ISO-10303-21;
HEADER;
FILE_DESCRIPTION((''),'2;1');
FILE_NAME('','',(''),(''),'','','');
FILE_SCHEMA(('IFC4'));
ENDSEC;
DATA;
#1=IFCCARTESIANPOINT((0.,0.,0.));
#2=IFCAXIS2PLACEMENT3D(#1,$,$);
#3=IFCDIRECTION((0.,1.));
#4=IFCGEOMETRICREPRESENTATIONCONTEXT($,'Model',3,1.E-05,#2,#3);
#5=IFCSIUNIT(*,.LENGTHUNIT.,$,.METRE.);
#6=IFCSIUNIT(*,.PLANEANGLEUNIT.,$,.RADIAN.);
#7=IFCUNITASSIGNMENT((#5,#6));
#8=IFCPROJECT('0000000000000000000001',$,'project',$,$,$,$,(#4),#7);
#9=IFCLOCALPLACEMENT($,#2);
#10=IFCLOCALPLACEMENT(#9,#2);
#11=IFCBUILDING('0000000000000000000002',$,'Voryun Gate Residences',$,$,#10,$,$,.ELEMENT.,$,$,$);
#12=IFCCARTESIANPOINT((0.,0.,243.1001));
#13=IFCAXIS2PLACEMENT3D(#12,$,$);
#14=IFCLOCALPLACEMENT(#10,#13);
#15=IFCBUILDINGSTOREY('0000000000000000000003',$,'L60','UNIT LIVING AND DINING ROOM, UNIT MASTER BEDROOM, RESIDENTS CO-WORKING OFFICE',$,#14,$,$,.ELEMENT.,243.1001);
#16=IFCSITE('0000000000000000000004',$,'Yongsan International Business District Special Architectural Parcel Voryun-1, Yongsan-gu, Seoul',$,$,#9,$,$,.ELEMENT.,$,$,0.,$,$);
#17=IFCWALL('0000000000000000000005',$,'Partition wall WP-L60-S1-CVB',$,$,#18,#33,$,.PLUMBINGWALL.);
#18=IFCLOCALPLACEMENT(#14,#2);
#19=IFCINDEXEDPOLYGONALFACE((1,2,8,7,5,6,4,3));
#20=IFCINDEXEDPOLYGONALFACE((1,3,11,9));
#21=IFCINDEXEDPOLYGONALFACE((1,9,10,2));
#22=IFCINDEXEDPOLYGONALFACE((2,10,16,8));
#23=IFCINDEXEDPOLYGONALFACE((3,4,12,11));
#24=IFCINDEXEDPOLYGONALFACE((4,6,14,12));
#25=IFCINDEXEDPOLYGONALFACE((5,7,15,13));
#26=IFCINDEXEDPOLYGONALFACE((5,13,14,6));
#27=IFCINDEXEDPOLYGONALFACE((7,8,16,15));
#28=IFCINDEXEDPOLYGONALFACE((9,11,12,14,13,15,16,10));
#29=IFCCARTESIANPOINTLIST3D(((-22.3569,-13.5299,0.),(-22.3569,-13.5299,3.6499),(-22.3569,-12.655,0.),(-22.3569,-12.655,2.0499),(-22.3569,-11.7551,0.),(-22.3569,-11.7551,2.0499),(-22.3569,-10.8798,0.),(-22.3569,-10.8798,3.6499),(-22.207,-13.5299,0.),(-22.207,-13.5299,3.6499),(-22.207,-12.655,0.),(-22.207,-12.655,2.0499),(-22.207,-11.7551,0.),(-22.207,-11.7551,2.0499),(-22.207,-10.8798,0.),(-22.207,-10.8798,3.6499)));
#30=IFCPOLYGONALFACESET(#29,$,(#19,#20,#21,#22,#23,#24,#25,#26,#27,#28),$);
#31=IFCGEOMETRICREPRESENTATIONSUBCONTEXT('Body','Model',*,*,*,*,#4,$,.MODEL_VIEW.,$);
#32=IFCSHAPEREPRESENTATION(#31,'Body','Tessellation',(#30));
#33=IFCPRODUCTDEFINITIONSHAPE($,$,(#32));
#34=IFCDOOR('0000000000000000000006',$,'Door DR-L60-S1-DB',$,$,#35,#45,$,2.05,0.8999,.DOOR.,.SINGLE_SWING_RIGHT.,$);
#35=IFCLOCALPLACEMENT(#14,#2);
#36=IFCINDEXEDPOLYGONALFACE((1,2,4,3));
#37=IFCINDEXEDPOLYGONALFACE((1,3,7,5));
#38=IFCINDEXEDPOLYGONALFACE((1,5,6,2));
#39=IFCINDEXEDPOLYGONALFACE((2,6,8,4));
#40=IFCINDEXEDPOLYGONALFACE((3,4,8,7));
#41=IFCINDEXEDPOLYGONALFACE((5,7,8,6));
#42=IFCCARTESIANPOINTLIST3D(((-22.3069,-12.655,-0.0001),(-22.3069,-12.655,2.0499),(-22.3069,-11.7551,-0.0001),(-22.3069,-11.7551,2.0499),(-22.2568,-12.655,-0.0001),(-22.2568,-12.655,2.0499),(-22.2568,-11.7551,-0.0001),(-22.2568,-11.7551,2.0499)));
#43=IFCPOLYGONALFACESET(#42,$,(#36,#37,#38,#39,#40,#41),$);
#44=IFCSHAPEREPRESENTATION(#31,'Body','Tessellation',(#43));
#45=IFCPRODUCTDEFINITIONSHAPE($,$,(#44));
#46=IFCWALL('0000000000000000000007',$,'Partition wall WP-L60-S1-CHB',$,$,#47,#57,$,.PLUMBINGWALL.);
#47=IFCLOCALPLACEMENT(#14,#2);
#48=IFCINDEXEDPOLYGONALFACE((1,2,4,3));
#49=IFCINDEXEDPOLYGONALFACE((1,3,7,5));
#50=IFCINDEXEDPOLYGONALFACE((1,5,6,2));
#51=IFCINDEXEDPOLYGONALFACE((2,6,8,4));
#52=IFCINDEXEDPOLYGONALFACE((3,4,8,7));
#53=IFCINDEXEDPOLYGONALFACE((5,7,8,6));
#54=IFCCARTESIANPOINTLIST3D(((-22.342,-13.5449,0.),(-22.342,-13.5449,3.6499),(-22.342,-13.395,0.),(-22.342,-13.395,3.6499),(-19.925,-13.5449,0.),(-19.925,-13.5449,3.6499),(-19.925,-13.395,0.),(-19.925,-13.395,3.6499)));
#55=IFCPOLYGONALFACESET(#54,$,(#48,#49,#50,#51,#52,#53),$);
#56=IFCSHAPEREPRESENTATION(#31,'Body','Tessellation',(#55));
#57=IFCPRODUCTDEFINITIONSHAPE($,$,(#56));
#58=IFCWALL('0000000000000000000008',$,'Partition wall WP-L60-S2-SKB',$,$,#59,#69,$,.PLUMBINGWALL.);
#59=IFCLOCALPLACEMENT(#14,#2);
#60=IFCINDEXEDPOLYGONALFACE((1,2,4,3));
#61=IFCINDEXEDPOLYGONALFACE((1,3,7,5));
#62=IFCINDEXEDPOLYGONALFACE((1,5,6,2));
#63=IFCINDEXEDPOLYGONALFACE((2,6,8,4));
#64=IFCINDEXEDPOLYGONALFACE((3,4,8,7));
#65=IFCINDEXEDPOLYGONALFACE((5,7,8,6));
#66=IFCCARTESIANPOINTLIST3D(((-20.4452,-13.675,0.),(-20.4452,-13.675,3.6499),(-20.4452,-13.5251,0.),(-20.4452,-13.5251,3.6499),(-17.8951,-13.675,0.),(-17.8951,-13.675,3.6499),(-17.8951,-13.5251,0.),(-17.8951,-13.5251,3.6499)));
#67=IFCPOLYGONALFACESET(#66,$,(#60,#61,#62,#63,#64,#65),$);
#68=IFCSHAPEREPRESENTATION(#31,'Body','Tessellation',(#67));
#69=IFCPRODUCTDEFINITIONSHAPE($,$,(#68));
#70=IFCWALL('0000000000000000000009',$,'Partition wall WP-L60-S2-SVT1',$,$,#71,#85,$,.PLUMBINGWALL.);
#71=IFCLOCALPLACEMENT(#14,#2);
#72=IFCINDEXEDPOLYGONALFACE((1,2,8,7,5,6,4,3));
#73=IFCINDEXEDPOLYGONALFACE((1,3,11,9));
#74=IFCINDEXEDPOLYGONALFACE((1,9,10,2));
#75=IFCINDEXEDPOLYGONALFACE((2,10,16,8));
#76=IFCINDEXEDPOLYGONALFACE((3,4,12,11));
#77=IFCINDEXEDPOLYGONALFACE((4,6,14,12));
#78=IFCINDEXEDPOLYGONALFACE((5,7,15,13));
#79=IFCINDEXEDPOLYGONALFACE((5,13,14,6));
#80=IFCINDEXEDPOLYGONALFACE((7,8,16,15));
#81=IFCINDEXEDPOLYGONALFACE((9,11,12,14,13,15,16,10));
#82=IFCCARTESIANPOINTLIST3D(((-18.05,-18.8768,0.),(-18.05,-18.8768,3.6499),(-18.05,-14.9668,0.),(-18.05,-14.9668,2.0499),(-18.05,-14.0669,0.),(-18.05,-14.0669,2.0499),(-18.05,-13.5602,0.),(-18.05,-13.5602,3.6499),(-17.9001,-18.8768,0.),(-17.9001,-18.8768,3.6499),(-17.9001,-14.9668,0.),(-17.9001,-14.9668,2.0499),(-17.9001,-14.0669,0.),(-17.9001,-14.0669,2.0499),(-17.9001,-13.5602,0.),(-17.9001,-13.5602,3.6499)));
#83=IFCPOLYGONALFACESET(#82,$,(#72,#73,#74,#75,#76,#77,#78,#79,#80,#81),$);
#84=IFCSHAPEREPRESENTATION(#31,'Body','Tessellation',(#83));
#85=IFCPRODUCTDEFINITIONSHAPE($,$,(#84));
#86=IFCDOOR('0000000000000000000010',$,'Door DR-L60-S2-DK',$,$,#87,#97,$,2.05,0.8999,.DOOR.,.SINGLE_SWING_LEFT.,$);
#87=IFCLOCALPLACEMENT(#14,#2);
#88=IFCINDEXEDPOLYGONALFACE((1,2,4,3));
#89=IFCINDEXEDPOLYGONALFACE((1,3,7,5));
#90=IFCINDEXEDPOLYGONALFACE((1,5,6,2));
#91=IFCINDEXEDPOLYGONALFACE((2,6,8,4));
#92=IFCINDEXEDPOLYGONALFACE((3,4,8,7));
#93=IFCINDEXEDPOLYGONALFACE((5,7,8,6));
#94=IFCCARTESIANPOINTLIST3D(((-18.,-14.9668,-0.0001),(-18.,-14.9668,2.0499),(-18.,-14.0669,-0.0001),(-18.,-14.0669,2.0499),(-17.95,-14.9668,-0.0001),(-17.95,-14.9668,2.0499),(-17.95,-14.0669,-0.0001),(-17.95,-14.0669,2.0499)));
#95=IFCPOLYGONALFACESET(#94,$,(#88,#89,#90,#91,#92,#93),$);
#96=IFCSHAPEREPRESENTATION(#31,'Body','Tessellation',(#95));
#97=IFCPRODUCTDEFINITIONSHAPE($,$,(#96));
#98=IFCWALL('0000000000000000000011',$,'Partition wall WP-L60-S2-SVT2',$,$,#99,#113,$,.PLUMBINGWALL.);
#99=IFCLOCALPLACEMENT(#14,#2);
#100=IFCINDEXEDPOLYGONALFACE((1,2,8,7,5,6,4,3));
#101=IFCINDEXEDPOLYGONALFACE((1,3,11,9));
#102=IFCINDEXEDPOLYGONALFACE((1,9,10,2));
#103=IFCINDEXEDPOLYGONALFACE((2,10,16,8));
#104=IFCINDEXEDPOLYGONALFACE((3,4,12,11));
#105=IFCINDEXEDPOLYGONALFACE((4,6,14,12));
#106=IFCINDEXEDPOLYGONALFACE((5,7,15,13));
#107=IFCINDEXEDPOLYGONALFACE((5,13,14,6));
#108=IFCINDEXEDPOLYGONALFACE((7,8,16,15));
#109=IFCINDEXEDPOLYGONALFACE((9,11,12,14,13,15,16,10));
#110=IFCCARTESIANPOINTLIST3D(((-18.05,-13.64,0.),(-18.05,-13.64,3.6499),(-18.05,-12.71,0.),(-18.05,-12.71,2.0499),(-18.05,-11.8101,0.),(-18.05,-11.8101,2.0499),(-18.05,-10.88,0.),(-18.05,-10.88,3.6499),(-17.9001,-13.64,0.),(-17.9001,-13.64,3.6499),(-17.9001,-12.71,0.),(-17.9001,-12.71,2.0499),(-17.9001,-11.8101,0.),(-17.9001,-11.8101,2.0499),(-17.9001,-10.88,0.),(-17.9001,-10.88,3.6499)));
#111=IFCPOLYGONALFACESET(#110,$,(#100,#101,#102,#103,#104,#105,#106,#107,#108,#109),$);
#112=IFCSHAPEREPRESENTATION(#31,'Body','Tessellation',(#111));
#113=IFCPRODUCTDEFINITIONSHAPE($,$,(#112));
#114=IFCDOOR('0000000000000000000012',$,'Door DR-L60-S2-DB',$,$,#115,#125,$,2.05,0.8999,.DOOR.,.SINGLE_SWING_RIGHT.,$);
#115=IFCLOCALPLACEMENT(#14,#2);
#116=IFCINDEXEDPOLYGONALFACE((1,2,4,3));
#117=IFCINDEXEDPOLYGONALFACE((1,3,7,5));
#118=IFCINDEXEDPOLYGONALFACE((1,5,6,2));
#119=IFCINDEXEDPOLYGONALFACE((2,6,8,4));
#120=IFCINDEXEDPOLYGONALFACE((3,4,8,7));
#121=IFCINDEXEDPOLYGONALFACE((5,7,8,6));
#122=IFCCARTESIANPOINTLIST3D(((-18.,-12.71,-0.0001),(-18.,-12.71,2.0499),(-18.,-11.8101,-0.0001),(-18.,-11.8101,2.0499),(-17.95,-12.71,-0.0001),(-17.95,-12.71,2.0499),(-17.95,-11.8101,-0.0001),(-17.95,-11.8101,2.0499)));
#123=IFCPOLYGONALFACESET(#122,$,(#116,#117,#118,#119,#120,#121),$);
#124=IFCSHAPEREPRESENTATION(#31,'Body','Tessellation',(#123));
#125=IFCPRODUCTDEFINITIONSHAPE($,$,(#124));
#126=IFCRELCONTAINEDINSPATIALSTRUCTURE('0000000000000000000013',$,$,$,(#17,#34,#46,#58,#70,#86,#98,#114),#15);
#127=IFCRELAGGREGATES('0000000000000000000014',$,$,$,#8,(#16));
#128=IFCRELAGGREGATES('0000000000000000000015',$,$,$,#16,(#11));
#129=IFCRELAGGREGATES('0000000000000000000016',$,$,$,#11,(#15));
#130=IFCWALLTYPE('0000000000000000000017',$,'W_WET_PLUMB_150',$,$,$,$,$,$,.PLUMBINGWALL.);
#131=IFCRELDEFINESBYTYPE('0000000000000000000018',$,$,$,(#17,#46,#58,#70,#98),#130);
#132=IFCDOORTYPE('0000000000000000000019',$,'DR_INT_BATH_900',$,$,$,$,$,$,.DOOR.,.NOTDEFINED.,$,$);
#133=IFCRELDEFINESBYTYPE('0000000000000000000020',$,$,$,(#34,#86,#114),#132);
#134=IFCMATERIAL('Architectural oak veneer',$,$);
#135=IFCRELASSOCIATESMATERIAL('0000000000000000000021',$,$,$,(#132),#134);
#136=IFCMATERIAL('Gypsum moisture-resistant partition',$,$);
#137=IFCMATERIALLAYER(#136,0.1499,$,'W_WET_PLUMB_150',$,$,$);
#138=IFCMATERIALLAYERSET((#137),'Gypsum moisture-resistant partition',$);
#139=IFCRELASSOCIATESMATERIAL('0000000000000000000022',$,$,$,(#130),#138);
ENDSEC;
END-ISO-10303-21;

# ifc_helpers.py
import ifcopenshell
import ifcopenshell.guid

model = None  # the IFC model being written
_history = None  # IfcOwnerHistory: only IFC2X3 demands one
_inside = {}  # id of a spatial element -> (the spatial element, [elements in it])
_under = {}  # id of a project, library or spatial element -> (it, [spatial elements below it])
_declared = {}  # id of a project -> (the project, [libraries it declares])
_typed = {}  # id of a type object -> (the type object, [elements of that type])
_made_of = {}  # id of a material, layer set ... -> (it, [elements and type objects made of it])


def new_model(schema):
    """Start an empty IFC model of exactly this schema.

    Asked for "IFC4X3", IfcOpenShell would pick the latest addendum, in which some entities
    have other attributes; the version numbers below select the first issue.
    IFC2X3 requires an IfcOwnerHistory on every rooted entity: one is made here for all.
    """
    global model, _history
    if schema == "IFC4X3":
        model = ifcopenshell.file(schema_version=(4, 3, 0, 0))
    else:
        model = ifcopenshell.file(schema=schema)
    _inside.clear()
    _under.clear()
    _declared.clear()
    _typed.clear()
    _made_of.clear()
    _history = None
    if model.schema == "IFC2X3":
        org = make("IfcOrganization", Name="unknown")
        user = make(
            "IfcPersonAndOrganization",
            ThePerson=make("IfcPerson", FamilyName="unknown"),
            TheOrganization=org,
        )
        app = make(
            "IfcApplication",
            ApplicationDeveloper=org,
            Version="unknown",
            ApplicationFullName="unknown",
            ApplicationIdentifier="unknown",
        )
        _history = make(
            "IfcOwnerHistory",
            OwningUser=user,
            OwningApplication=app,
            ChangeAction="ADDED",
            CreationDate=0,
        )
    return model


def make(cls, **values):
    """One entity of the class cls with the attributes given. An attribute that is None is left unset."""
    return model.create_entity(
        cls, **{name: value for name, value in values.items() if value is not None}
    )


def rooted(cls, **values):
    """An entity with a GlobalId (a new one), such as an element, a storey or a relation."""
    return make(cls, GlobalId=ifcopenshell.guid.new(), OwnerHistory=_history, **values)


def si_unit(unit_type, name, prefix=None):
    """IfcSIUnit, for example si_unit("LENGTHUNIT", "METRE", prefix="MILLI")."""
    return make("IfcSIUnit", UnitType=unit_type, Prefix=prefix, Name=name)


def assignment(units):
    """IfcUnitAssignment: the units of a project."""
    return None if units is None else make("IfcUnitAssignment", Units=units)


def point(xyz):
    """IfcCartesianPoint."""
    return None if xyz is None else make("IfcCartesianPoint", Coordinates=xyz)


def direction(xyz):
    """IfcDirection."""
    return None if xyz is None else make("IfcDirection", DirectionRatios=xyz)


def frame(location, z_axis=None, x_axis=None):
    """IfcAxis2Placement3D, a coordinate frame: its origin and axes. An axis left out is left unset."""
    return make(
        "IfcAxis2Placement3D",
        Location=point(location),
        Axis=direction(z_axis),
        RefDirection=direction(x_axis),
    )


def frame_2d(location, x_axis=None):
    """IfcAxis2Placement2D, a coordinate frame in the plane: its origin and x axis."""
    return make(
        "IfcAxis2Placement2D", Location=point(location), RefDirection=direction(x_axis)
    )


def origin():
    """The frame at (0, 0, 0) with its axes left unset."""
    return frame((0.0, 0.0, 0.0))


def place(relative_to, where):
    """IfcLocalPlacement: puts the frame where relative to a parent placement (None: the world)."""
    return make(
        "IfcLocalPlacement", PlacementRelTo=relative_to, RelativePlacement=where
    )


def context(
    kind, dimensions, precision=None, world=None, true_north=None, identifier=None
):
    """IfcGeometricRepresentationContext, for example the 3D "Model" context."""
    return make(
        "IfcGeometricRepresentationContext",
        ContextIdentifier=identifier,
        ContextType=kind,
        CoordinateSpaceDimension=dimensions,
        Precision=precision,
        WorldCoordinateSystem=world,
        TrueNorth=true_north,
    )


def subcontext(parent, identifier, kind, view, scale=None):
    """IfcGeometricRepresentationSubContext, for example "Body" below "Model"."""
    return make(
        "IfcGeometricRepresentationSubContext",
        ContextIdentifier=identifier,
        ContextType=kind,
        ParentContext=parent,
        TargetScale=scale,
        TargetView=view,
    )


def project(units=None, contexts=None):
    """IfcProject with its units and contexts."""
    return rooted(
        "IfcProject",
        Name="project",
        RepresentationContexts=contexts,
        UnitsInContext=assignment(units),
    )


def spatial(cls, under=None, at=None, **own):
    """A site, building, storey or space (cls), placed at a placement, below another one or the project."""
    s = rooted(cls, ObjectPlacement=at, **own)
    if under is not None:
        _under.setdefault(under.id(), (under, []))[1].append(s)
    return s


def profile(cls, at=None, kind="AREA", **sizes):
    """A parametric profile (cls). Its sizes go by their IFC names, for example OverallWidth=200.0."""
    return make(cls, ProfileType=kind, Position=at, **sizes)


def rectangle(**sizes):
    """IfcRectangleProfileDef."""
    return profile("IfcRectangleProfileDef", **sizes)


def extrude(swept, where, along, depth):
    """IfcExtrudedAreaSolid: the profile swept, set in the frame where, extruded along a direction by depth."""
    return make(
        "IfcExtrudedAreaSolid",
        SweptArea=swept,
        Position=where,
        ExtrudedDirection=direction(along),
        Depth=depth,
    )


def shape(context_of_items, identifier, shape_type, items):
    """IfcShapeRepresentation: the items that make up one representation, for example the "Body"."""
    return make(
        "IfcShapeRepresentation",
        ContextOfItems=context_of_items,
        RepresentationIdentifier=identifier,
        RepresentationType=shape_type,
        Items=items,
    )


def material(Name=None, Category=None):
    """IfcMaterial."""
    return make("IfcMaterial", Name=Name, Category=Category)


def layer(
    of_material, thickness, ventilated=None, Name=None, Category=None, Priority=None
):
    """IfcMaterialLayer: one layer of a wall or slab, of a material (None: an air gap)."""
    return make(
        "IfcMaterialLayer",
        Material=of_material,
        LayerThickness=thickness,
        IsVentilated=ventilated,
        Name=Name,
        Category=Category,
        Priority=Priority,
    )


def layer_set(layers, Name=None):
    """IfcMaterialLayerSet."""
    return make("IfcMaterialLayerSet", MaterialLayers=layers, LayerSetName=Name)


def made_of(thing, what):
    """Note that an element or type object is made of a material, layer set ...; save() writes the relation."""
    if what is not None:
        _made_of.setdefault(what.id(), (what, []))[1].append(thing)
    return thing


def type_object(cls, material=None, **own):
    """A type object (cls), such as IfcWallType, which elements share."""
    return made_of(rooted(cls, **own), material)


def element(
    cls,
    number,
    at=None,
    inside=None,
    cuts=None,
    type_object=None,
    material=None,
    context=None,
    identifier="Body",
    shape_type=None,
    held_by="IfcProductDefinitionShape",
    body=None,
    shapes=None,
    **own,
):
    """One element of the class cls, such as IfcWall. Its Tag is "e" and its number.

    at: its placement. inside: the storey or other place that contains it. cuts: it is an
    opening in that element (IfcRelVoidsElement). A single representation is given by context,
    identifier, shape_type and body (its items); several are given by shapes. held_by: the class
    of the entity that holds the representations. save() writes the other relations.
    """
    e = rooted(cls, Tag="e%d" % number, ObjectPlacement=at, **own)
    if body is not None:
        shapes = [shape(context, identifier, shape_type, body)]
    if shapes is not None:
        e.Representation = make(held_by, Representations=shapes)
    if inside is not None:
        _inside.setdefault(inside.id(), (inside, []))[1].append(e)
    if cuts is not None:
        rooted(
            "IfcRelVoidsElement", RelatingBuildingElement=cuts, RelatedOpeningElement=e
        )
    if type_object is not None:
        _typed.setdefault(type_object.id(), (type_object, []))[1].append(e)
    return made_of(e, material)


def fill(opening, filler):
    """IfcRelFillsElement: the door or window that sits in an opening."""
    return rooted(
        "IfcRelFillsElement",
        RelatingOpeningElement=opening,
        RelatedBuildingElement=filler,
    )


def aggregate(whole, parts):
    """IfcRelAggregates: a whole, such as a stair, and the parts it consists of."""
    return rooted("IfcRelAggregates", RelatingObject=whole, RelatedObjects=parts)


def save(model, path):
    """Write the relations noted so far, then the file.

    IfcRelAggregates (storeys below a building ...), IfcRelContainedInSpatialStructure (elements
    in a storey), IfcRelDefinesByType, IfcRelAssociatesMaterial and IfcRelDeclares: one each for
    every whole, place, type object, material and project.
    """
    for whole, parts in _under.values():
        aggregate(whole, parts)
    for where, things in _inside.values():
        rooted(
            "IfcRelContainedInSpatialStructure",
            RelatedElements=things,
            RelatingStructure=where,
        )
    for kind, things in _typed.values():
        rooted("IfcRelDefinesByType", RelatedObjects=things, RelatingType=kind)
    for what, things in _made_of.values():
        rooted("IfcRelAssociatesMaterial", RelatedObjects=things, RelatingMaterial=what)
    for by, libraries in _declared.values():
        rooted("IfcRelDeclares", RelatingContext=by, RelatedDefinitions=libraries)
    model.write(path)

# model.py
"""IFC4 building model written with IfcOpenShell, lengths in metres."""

from ifc_helpers import new_model, si_unit, direction, frame, frame_2d, origin, place, context, subcontext, project, spatial, rectangle, extrude, material, layer, layer_set, type_object, element, fill, save


model = new_model("IFC4")

# Units and contexts
model_context = context("Model", 3, precision=1e-05, world=origin(), true_north=direction((0.0, 1.0)))
body_context = subcontext(model_context, "Body", "Model", "MODEL_VIEW")
ifc_project = project(units=[si_unit("LENGTHUNIT", "METRE"), si_unit("PLANEANGLEUNIT", "RADIAN")], contexts=[model_context])

# Site, building, storey
site_placement = place(None, origin())
site = spatial("IfcSite", under=ifc_project, at=site_placement, Name="Yongsan International Business District Special Architectural Parcel Voryun-1, Yongsan-gu, Seoul", CompositionType="ELEMENT", RefElevation=0.0)
building_placement = place(site_placement, origin())
building = spatial("IfcBuilding", under=site, at=building_placement, Name="Voryun Gate Residences", CompositionType="ELEMENT")
storey_placement = place(building_placement, frame((0.0, 0.0, 243.1001)))
storey = spatial("IfcBuildingStorey", under=building, at=storey_placement, Name="L60", Description="UNIT LIVING AND DINING ROOM, UNIT MASTER BEDROOM, RESIDENTS CO-WORKING OFFICE", CompositionType="ELEMENT", Elevation=243.1001)

# Shared definitions
ifc_material_1 = material(Name="Architectural oak veneer")
door_type_1 = type_object("IfcDoorType", Name="DR_INT_BATH_900", OperationType="NOTDEFINED", PredefinedType="DOOR", material=ifc_material_1)

# Wall, opening, door
ifc_material_2 = material(Name="Gypsum moisture-resistant partition")
ifc_layer_1 = layer(ifc_material_2, 0.1499, Name="W_WET_PLUMB_150")
ifc_layer_set_1 = layer_set([ifc_layer_1], Name="Gypsum moisture-resistant partition")
wall_type_1 = type_object("IfcWallType", Name="W_WET_PLUMB_150", PredefinedType="PLUMBINGWALL", material=ifc_layer_set_1)
wall_1_placement = place(storey_placement, frame((-22.282, -13.53, 0.0), z_axis=(0.0, 0.0, 1.0), x_axis=(0.0, 1.0, 0.0)))
wall_1 = element("IfcWall", 1, at=wall_1_placement, inside=storey, type_object=wall_type_1, Name="Partition wall WP-L60-S1-CVB", PredefinedType="PLUMBINGWALL", context=body_context, shape_type="SweptSolid", body=[
    extrude(rectangle(XDim=2.6501, YDim=0.1499, at=frame_2d((1.3252, 0.0))), origin(), (0.0, 0.0, 1.0), 3.6499),
])
opening_1_placement = place(wall_1_placement, frame((0.875, 0.0, 0.0)))
opening_1 = element("IfcOpeningElement", 2, at=opening_1_placement, cuts=wall_1, PredefinedType="OPENING", context=body_context, shape_type="SweptSolid", body=[
    extrude(rectangle(XDim=0.8999, YDim=2.05, at=frame_2d((0.45, 1.0249))), frame((0.0, 0.085, 0.0), z_axis=(0.0, -1.0, 0.0), x_axis=(1.0, 0.0, 0.0)), (0.0, 0.0, 1.0), 0.1699),
])
door_1_placement = place(opening_1_placement, origin())
door_1 = element("IfcDoor", 3, at=door_1_placement, inside=storey, type_object=door_type_1, Name="Door DR-L60-S1-DB", OperationType="SINGLE_SWING_RIGHT", OverallHeight=2.05, OverallWidth=0.8999, PredefinedType="DOOR", context=body_context, shape_type="SweptSolid", body=[
    extrude(rectangle(XDim=0.8999, YDim=2.05, at=frame_2d((0.45, 1.0249))), frame((0.0, 0.0249, 0.0), z_axis=(0.0, -1.0, 0.0), x_axis=(1.0, 0.0, 0.0)), (0.0, 0.0, 1.0), 0.05),
])
fill(opening_1, door_1)

# Walls
wall_2_placement = place(storey_placement, frame((-22.342, -13.47, 0.0), z_axis=(0.0, 0.0, 1.0), x_axis=(1.0, 0.0, 0.0)))
element("IfcWall", 4, at=wall_2_placement, inside=storey, type_object=wall_type_1, Name="Partition wall WP-L60-S1-CHB", PredefinedType="PLUMBINGWALL", context=body_context, shape_type="SweptSolid", body=[
    extrude(rectangle(XDim=2.417, YDim=0.1499, at=frame_2d((1.2085, 0.0))), origin(), (0.0, 0.0, 1.0), 3.6499),
])
wall_3_placement = place(storey_placement, frame((-20.4451, -13.6001, 0.0), z_axis=(0.0, 0.0, 1.0), x_axis=(1.0, 0.0, 0.0)))
element("IfcWall", 5, at=wall_3_placement, inside=storey, type_object=wall_type_1, Name="Partition wall WP-L60-S2-SKB", PredefinedType="PLUMBINGWALL", context=body_context, shape_type="SweptSolid", body=[
    extrude(rectangle(XDim=2.55, YDim=0.1499, at=frame_2d((1.2749, 0.0))), origin(), (0.0, 0.0, 1.0), 3.6499),
])

# Walls, openings, doors
wall_4_placement = place(storey_placement, frame((-17.9751, -18.8767, 0.0), z_axis=(0.0, 0.0, 1.0), x_axis=(0.0, 1.0, 0.0)))
wall_4 = element("IfcWall", 6, at=wall_4_placement, inside=storey, type_object=wall_type_1, Name="Partition wall WP-L60-S2-SVT1", PredefinedType="PLUMBINGWALL", context=body_context, shape_type="SweptSolid", body=[
    extrude(rectangle(XDim=5.3167, YDim=0.1499, at=frame_2d((2.6582, 0.0))), origin(), (0.0, 0.0, 1.0), 3.6499),
])
opening_2_placement = place(wall_4_placement, frame((3.9099, 0.0, 0.0)))
opening_2 = element("IfcOpeningElement", 7, at=opening_2_placement, cuts=wall_4, PredefinedType="OPENING", context=body_context, shape_type="SweptSolid", body=[
    extrude(rectangle(XDim=0.8999, YDim=2.05, at=frame_2d((0.45, 1.0249))), frame((0.0, 0.085, 0.0), z_axis=(0.0, -1.0, 0.0), x_axis=(1.0, 0.0, 0.0)), (0.0, 0.0, 1.0), 0.1699),
])
door_2_placement = place(opening_2_placement, origin())
door_2 = element("IfcDoor", 8, at=door_2_placement, inside=storey, type_object=door_type_1, Name="Door DR-L60-S2-DK", OperationType="SINGLE_SWING_LEFT", OverallHeight=2.05, OverallWidth=0.8999, PredefinedType="DOOR", context=body_context, shape_type="SweptSolid", body=[
    extrude(rectangle(XDim=0.8999, YDim=2.05, at=frame_2d((0.45, 1.0249))), frame((0.0, 0.0249, 0.0), z_axis=(0.0, -1.0, 0.0), x_axis=(1.0, 0.0, 0.0)), (0.0, 0.0, 1.0), 0.05),
])
fill(opening_2, door_2)
wall_5_placement = place(storey_placement, frame((-17.9751, -13.6399, 0.0), z_axis=(0.0, 0.0, 1.0), x_axis=(0.0, 1.0, 0.0)))
wall_5 = element("IfcWall", 9, at=wall_5_placement, inside=storey, type_object=wall_type_1, Name="Partition wall WP-L60-S2-SVT2", PredefinedType="PLUMBINGWALL", context=body_context, shape_type="SweptSolid", body=[
    extrude(rectangle(XDim=2.76, YDim=0.1499, at=frame_2d((1.3799, 0.0))), origin(), (0.0, 0.0, 1.0), 3.6499),
])
opening_3_placement = place(wall_5_placement, frame((0.9299, 0.0, 0.0)))
opening_3 = element("IfcOpeningElement", 10, at=opening_3_placement, cuts=wall_5, PredefinedType="OPENING", context=body_context, shape_type="SweptSolid", body=[
    extrude(rectangle(XDim=0.8999, YDim=2.05, at=frame_2d((0.45, 1.0249))), frame((0.0, 0.085, 0.0), z_axis=(0.0, -1.0, 0.0), x_axis=(1.0, 0.0, 0.0)), (0.0, 0.0, 1.0), 0.1699),
])
door_3_placement = place(opening_3_placement, origin())
door_3 = element("IfcDoor", 11, at=door_3_placement, inside=storey, type_object=door_type_1, Name="Door DR-L60-S2-DB", OperationType="SINGLE_SWING_RIGHT", OverallHeight=2.05, OverallWidth=0.8999, PredefinedType="DOOR", context=body_context, shape_type="SweptSolid", body=[
    extrude(rectangle(XDim=0.8999, YDim=2.05, at=frame_2d((0.45, 1.0249))), frame((0.0, 0.0249, 0.0), z_axis=(0.0, -1.0, 0.0), x_axis=(1.0, 0.0, 0.0)), (0.0, 0.0, 1.0), 0.05),
])
fill(opening_3, door_3)

save(model, "model.ifc")
